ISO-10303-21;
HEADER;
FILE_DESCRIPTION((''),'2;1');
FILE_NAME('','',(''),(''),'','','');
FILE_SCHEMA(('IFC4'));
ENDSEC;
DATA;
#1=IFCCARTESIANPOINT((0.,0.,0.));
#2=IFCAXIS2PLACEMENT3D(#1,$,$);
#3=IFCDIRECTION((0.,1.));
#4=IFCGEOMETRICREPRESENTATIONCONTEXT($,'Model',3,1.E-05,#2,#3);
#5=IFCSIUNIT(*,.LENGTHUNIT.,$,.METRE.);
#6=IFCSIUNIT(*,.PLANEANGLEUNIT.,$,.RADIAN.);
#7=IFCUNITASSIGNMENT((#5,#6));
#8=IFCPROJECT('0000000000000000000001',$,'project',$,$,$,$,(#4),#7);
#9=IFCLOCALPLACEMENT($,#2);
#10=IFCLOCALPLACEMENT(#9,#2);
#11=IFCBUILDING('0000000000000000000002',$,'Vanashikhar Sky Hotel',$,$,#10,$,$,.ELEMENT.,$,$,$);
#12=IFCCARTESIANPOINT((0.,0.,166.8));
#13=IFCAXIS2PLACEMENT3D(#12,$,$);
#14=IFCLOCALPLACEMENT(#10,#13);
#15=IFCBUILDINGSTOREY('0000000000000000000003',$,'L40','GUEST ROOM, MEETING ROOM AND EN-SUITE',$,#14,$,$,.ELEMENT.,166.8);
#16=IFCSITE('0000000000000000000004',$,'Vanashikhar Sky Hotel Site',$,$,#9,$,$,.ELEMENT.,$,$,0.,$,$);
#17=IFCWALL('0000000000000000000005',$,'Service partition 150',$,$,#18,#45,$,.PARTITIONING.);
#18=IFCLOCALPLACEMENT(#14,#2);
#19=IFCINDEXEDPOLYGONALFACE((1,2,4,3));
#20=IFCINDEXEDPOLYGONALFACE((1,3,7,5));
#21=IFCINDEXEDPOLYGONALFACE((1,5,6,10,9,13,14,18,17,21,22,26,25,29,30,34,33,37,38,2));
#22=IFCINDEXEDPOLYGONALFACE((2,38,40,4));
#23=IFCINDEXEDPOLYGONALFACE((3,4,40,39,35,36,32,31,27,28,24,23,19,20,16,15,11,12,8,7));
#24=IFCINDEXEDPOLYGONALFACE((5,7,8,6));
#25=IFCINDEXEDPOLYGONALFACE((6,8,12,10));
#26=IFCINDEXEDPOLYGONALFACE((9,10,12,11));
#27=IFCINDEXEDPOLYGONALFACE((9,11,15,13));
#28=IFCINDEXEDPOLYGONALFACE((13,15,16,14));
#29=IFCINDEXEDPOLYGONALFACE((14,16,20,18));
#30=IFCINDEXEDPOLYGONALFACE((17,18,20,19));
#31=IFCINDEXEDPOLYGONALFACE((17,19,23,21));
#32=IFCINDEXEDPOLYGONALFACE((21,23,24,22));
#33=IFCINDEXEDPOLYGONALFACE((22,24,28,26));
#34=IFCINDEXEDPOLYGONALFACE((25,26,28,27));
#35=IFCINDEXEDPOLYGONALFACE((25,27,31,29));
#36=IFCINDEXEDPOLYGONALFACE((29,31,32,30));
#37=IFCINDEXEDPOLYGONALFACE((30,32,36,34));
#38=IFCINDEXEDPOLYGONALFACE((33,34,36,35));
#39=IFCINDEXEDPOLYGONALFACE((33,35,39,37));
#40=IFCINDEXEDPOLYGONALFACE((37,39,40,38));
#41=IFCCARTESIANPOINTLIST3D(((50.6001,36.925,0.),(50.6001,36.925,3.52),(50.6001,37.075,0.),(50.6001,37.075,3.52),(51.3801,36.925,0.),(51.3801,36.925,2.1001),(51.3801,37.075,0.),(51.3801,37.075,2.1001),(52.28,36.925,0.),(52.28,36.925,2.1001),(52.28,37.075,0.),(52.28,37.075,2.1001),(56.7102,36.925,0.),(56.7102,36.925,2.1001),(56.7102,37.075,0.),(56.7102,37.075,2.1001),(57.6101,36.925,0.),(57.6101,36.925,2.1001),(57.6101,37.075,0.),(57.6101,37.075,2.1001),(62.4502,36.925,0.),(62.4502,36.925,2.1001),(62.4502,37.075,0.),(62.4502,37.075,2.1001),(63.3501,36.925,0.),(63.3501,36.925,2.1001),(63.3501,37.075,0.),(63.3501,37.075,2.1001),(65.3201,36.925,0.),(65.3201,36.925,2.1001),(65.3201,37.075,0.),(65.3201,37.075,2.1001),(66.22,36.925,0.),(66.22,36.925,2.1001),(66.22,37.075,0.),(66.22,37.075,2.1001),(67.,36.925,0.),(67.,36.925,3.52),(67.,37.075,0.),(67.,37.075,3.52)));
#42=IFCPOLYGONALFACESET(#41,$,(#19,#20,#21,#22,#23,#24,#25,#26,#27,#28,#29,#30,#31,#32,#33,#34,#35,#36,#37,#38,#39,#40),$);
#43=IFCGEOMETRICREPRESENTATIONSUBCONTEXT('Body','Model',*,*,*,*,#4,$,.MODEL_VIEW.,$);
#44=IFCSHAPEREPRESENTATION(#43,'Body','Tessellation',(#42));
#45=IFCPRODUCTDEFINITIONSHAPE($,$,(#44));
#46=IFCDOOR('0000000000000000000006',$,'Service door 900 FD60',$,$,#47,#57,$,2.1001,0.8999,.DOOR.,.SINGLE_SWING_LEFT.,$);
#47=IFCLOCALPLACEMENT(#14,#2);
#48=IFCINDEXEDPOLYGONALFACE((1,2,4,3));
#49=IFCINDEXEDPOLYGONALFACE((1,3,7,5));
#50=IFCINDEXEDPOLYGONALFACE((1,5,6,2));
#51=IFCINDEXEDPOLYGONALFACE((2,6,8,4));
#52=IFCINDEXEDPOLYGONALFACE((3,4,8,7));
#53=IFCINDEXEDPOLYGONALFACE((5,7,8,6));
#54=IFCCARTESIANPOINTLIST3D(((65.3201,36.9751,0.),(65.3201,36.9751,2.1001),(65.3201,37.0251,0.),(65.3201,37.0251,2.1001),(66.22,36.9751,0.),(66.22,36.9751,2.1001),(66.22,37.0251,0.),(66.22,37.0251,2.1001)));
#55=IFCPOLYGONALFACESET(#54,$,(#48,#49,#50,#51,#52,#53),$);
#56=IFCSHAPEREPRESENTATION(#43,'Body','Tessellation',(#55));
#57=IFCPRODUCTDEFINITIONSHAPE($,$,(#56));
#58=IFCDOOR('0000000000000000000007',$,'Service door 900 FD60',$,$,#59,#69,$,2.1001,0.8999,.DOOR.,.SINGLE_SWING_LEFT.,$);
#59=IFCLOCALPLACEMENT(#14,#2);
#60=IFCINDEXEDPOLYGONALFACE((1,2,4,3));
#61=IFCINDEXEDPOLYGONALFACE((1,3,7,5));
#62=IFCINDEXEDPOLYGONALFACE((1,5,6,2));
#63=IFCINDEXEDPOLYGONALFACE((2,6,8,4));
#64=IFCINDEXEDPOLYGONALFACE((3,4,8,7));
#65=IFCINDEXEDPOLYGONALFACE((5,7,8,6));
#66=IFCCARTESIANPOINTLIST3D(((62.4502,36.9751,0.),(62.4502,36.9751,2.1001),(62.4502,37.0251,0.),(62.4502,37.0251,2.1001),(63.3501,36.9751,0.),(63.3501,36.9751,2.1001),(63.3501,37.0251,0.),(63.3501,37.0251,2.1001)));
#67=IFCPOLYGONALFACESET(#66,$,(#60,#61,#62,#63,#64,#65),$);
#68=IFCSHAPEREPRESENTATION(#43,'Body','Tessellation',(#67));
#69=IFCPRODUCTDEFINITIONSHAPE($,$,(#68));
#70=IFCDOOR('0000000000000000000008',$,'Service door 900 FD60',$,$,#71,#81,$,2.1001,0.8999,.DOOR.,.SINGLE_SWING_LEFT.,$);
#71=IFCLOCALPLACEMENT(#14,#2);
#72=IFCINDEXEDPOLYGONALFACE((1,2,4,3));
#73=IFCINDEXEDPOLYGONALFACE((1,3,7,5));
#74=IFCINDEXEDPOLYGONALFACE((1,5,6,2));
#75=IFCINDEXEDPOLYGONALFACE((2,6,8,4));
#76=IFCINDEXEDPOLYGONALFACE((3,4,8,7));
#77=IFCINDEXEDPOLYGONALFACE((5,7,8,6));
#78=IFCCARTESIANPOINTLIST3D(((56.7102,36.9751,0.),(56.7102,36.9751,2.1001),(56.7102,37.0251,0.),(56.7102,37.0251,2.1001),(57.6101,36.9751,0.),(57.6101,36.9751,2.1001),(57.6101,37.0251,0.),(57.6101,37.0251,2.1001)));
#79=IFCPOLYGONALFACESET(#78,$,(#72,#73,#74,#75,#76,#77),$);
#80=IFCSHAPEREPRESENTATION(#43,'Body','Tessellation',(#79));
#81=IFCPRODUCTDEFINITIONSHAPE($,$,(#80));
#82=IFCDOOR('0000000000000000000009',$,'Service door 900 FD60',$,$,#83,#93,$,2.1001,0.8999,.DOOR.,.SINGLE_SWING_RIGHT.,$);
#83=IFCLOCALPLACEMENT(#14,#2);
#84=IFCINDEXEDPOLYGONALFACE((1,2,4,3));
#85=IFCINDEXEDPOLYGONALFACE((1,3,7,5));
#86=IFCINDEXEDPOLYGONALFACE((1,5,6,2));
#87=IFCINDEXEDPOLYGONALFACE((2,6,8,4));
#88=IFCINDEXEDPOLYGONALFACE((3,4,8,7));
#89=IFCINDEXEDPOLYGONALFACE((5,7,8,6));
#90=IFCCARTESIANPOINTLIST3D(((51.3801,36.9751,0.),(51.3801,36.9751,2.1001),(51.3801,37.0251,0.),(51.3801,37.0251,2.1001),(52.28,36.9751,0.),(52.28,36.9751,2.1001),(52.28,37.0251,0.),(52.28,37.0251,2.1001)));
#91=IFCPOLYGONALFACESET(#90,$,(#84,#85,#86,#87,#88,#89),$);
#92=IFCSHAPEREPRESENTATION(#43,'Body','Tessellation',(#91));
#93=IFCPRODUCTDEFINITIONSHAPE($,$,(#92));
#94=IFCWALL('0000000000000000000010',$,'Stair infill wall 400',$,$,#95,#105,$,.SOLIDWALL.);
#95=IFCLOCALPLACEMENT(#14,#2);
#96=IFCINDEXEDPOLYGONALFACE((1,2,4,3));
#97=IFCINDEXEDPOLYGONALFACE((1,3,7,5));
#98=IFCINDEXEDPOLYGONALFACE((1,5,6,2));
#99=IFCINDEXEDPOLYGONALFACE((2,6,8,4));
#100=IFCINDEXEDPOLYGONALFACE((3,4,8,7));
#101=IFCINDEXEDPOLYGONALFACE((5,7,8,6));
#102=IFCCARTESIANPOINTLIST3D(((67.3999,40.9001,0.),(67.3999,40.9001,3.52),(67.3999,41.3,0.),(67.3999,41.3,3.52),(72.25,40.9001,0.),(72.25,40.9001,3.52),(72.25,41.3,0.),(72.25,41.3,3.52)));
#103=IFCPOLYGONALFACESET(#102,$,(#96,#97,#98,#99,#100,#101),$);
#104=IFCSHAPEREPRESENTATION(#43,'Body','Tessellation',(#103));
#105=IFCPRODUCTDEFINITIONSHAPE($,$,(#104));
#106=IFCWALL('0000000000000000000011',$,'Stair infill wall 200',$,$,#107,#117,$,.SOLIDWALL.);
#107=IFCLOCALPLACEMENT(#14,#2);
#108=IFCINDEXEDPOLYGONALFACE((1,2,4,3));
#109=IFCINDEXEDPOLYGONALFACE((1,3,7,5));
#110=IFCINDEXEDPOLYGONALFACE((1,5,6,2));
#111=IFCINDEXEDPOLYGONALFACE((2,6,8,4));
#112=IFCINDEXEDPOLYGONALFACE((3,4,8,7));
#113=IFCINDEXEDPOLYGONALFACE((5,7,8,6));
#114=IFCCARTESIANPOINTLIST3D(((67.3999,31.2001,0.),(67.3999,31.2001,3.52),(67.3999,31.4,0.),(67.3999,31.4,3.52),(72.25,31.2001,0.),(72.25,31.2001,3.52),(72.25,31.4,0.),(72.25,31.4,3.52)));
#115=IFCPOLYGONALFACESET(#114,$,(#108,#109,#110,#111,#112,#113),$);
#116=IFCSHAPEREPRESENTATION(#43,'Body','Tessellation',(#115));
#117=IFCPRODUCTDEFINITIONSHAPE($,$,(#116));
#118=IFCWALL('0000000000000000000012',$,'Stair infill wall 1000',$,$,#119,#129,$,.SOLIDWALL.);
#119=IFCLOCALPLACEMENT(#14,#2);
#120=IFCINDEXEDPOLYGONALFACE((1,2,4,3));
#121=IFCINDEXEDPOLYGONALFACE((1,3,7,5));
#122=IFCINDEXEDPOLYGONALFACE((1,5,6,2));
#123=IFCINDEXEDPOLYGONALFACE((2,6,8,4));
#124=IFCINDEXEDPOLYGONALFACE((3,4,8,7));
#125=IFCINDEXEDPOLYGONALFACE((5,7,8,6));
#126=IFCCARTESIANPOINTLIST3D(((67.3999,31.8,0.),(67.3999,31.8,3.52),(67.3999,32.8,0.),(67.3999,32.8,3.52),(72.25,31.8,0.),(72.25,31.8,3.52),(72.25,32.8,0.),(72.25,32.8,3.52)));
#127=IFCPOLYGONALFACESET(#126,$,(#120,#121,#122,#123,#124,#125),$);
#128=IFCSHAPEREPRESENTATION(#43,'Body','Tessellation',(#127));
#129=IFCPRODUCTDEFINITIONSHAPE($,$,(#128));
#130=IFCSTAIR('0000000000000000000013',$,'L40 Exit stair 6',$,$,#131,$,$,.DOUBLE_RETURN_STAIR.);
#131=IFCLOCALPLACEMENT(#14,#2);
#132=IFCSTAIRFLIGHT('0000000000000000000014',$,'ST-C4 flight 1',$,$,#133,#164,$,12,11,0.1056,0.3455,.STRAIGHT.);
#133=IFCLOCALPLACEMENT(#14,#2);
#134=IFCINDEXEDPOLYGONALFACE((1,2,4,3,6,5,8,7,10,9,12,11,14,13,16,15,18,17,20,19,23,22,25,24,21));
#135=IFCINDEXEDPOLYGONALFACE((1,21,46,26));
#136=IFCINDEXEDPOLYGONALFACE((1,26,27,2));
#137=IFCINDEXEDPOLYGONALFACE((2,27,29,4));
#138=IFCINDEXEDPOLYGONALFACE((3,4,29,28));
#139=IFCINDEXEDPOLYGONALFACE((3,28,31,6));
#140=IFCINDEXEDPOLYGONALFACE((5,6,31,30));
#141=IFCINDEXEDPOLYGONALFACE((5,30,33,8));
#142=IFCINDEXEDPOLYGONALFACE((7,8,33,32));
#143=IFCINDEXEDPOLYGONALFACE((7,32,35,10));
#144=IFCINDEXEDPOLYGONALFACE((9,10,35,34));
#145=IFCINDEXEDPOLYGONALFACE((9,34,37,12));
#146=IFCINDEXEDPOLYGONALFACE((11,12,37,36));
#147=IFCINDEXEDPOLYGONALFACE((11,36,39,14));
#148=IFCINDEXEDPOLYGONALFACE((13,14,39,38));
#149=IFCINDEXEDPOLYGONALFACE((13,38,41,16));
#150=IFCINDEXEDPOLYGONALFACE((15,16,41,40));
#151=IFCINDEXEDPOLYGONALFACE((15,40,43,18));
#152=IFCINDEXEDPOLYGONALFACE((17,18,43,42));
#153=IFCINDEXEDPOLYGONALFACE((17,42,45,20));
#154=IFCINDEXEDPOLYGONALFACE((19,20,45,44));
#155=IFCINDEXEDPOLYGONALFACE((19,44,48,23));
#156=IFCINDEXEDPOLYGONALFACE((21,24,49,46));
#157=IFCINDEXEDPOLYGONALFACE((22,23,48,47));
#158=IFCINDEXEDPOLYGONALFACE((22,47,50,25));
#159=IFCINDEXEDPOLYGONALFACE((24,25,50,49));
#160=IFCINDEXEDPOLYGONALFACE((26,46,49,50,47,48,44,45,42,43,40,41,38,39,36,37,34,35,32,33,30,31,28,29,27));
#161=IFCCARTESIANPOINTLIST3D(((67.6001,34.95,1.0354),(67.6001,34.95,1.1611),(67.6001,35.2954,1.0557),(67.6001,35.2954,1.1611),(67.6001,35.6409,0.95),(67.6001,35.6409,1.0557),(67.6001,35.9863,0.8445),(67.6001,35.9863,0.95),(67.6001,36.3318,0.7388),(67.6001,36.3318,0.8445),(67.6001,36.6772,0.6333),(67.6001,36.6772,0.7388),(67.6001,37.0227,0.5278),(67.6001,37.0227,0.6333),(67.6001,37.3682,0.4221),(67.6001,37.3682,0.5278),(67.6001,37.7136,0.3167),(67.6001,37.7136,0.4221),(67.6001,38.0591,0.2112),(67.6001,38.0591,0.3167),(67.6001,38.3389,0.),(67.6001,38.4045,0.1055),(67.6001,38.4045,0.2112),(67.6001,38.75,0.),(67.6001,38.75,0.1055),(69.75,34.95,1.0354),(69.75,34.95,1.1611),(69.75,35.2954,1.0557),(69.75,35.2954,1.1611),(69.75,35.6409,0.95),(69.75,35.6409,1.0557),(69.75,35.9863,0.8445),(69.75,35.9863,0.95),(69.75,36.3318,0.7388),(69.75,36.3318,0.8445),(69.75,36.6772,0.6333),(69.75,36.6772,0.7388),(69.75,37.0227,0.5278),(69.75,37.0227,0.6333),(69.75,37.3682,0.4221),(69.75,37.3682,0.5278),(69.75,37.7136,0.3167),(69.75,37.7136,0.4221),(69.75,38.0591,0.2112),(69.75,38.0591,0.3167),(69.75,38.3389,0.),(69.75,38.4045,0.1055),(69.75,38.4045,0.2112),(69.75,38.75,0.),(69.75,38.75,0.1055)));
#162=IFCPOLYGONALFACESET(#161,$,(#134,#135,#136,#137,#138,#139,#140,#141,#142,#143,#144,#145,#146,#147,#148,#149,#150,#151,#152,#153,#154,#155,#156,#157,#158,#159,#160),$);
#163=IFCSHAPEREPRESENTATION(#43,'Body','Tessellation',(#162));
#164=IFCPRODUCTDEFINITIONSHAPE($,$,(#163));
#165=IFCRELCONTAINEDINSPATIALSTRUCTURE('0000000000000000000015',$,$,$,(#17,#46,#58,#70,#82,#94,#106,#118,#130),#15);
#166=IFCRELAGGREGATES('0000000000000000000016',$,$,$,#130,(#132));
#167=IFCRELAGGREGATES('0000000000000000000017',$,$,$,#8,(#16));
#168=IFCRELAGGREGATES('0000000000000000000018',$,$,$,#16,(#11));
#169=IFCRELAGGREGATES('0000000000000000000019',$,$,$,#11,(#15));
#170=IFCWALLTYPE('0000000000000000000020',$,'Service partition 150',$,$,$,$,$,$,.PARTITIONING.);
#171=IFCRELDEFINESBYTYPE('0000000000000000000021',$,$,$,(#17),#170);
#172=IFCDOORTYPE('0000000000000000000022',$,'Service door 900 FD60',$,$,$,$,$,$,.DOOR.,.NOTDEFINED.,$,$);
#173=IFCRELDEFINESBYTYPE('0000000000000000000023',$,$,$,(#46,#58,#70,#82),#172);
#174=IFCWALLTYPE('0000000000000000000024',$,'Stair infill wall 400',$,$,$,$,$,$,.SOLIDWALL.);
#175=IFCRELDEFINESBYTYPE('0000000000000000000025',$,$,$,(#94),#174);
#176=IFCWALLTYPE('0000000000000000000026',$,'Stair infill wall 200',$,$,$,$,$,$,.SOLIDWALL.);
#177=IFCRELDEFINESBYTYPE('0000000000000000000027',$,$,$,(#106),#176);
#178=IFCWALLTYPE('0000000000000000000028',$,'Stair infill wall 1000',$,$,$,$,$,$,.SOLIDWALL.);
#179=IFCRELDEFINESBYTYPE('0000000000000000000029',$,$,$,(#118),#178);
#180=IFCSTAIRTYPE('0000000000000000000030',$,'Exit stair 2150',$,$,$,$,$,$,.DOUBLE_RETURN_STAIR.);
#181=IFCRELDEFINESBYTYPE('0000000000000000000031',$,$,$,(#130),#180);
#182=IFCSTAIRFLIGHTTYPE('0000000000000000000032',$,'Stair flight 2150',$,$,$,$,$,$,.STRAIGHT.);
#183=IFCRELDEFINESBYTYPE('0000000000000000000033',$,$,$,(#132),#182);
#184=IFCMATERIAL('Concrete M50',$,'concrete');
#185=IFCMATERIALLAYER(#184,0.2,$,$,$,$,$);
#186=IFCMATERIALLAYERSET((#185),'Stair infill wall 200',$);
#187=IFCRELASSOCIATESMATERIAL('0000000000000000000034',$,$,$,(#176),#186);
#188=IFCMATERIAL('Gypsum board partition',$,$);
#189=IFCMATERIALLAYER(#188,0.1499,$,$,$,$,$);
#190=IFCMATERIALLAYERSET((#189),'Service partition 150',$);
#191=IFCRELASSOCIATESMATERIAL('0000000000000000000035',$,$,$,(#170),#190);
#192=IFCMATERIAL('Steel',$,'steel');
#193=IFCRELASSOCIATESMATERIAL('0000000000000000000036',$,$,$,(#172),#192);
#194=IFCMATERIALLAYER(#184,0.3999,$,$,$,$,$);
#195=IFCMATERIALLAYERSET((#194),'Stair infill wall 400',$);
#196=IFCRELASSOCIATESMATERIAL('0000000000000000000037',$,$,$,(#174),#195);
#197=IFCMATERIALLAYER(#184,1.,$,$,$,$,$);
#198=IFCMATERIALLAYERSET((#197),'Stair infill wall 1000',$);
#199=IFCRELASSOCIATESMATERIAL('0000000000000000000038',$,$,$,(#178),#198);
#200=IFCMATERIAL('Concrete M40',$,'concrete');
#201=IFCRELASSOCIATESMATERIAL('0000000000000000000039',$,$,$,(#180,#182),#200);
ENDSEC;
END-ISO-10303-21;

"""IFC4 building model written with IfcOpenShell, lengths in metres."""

from ifc_helpers import new_model, si_unit, direction, frame, frame_2d, origin, place, context, subcontext, project, spatial, polyline, rectangle, outline, extrude, source, transform, mapped, material, layer, layer_set, type_object, element, fill, aggregate, save


model = new_model("IFC4")

# Units and contexts
model_context = context("Model", 3, precision=1e-05, world=origin(), true_north=direction((0.0, 1.0)))
body_context = subcontext(model_context, "Body", "Model", "MODEL_VIEW")
ifc_project = project(units=[si_unit("LENGTHUNIT", "METRE"), si_unit("PLANEANGLEUNIT", "RADIAN")], contexts=[model_context])

# Site, building, storey
site_placement = place(None, origin())
site = spatial("IfcSite", under=ifc_project, at=site_placement, Name="Vanashikhar Sky Hotel Site", CompositionType="ELEMENT", RefElevation=0.0)
building_placement = place(site_placement, origin())
building = spatial("IfcBuilding", under=site, at=building_placement, Name="Vanashikhar Sky Hotel", CompositionType="ELEMENT")
storey_placement = place(building_placement, frame((0.0, 0.0, 166.8)))
storey = spatial("IfcBuildingStorey", under=building, at=storey_placement, Name="L40", Description="GUEST ROOM, MEETING ROOM AND EN-SUITE", CompositionType="ELEMENT", Elevation=166.8)

# Shared definitions
ifc_material_1 = material(Name="Concrete M50", Category="concrete")
ifc_layer_1 = layer(ifc_material_1, 0.2)
ifc_layer_set_1 = layer_set([ifc_layer_1], Name="Stair infill wall 200")
wall_type_1 = type_object("IfcWallType", Name="Stair infill wall 200", PredefinedType="SOLIDWALL", material=ifc_layer_set_1)

# Wall, openings, doors
ifc_material_2 = material(Name="Gypsum board partition")
ifc_layer_2 = layer(ifc_material_2, 0.1499)
ifc_layer_set_2 = layer_set([ifc_layer_2], Name="Service partition 150")
wall_type_2 = type_object("IfcWallType", Name="Service partition 150", PredefinedType="PARTITIONING", material=ifc_layer_set_2)
shared_shape_1 = source(origin(), body_context, "Body", "SweptSolid", [
    extrude(rectangle(XDim=0.8999, YDim=2.1001, at=frame_2d((0.45, 1.05))), frame((0.0, 0.085, 0.0), z_axis=(0.0, -1.0, 0.0), x_axis=(1.0, 0.0, 0.0)), (0.0, 0.0, 1.0), 0.1699),
])
ifc_material_3 = material(Name="Steel", Category="steel")
door_type_1 = type_object("IfcDoorType", Name="Service door 900 FD60", OperationType="NOTDEFINED", PredefinedType="DOOR", material=ifc_material_3)
shared_shape_2 = source(origin(), body_context, "Body", "SweptSolid", [
    extrude(rectangle(XDim=0.8999, YDim=2.1001, at=frame_2d((0.45, 1.05))), frame((0.0, 0.0249, 0.0), z_axis=(0.0, -1.0, 0.0), x_axis=(1.0, 0.0, 0.0)), (0.0, 0.0, 1.0), 0.05),
])
shared_shape_3 = source(origin(), body_context, "Body", "SweptSolid", [
    extrude(rectangle(XDim=16.3999, YDim=0.1499, at=frame_2d((8.2, 0.0))), origin(), (0.0, 0.0, 1.0), 3.52),
])
wall_1_placement = place(storey_placement, frame((67.0, 37.0, 0.0), z_axis=(0.0, 0.0, 1.0), x_axis=(-1.0, 0.0, 0.0)))
wall_1 = element("IfcWall", 1, at=wall_1_placement, inside=storey, type_object=wall_type_2, Name="Service partition 150", PredefinedType="PARTITIONING", context=body_context, shape_type="MappedRepresentation", body=[
    mapped(shared_shape_3, transform((0.0, 0.0, 0.0), scale=1.0)),
])
opening_1_placement = place(wall_1_placement, frame((0.78, 0.0, 0.0)))
opening_1 = element("IfcOpeningElement", 2, at=opening_1_placement, cuts=wall_1, PredefinedType="OPENING", context=body_context, shape_type="MappedRepresentation", body=[
    mapped(shared_shape_1, transform((0.0, 0.0, 0.0), scale=1.0)),
])
opening_2_placement = place(wall_1_placement, frame((3.6499, 0.0, 0.0)))
opening_2 = element("IfcOpeningElement", 3, at=opening_2_placement, cuts=wall_1, PredefinedType="OPENING", context=body_context, shape_type="MappedRepresentation", body=[
    mapped(shared_shape_1, transform((0.0, 0.0, 0.0), scale=1.0)),
])
opening_3_placement = place(wall_1_placement, frame((9.3899, 0.0, 0.0)))
opening_3 = element("IfcOpeningElement", 4, at=opening_3_placement, cuts=wall_1, PredefinedType="OPENING", context=body_context, shape_type="MappedRepresentation", body=[
    mapped(shared_shape_1, transform((0.0, 0.0, 0.0), scale=1.0)),
])
opening_4_placement = place(wall_1_placement, frame((14.72, 0.0, 0.0)))
opening_4 = element("IfcOpeningElement", 5, at=opening_4_placement, cuts=wall_1, PredefinedType="OPENING", context=body_context, shape_type="MappedRepresentation", body=[
    mapped(shared_shape_1, transform((0.0, 0.0, 0.0), scale=1.0)),
])
door_1_placement = place(opening_1_placement, origin())
door_1 = element("IfcDoor", 6, at=door_1_placement, inside=storey, type_object=door_type_1, Name="Service door 900 FD60", OperationType="SINGLE_SWING_LEFT", OverallHeight=2.1001, OverallWidth=0.8999, PredefinedType="DOOR", context=body_context, shape_type="MappedRepresentation", body=[
    mapped(shared_shape_2, transform((0.0, 0.0, 0.0), scale=1.0)),
])
fill(opening_1, door_1)
door_2_placement = place(opening_2_placement, origin())
door_2 = element("IfcDoor", 7, at=door_2_placement, inside=storey, type_object=door_type_1, Name="Service door 900 FD60", OperationType="SINGLE_SWING_LEFT", OverallHeight=2.1001, OverallWidth=0.8999, PredefinedType="DOOR", context=body_context, shape_type="MappedRepresentation", body=[
    mapped(shared_shape_2, transform((0.0, 0.0, 0.0), scale=1.0)),
])
fill(opening_2, door_2)
door_3_placement = place(opening_3_placement, origin())
door_3 = element("IfcDoor", 8, at=door_3_placement, inside=storey, type_object=door_type_1, Name="Service door 900 FD60", OperationType="SINGLE_SWING_LEFT", OverallHeight=2.1001, OverallWidth=0.8999, PredefinedType="DOOR", context=body_context, shape_type="MappedRepresentation", body=[
    mapped(shared_shape_2, transform((0.0, 0.0, 0.0), scale=1.0)),
])
fill(opening_3, door_3)
door_4_placement = place(opening_4_placement, origin())
door_4 = element("IfcDoor", 9, at=door_4_placement, inside=storey, type_object=door_type_1, Name="Service door 900 FD60", OperationType="SINGLE_SWING_RIGHT", OverallHeight=2.1001, OverallWidth=0.8999, PredefinedType="DOOR", context=body_context, shape_type="MappedRepresentation", body=[
    mapped(shared_shape_2, transform((0.0, 0.0, 0.0), scale=1.0)),
])
fill(opening_4, door_4)

# Walls
ifc_layer_3 = layer(ifc_material_1, 0.3999)
ifc_layer_set_3 = layer_set([ifc_layer_3], Name="Stair infill wall 400")
wall_type_3 = type_object("IfcWallType", Name="Stair infill wall 400", PredefinedType="SOLIDWALL", material=ifc_layer_set_3)
shared_shape_4 = source(origin(), body_context, "Body", "SweptSolid", [
    extrude(rectangle(XDim=4.8501, YDim=0.3999, at=frame_2d((2.425, 0.0))), origin(), (0.0, 0.0, 1.0), 3.52),
])
wall_2_placement = place(storey_placement, frame((67.3999, 41.1001, 0.0), z_axis=(0.0, 0.0, 1.0), x_axis=(1.0, 0.0, 0.0)))
element("IfcWall", 10, at=wall_2_placement, inside=storey, type_object=wall_type_3, Name="Stair infill wall 400", PredefinedType="SOLIDWALL", context=body_context, shape_type="MappedRepresentation", body=[
    mapped(shared_shape_4, transform((0.0, 0.0, 0.0), scale=1.0)),
])
shared_shape_5 = source(origin(), body_context, "Body", "SweptSolid", [
    extrude(rectangle(XDim=4.8501, YDim=0.2, at=frame_2d((2.425, 0.0))), origin(), (0.0, 0.0, 1.0), 3.52),
])
wall_3_placement = place(storey_placement, frame((67.3999, 31.3, 0.0), z_axis=(0.0, 0.0, 1.0), x_axis=(1.0, 0.0, 0.0)))
element("IfcWall", 11, at=wall_3_placement, inside=storey, type_object=wall_type_1, Name="Stair infill wall 200", PredefinedType="SOLIDWALL", context=body_context, shape_type="MappedRepresentation", body=[
    mapped(shared_shape_5, transform((0.0, 0.0, 0.0), scale=1.0)),
])
ifc_layer_4 = layer(ifc_material_1, 1.0)
ifc_layer_set_4 = layer_set([ifc_layer_4], Name="Stair infill wall 1000")
wall_type_4 = type_object("IfcWallType", Name="Stair infill wall 1000", PredefinedType="SOLIDWALL", material=ifc_layer_set_4)
shared_shape_6 = source(origin(), body_context, "Body", "SweptSolid", [
    extrude(rectangle(XDim=4.8501, YDim=1.0, at=frame_2d((2.425, 0.0))), origin(), (0.0, 0.0, 1.0), 3.52),
])
wall_4_placement = place(storey_placement, frame((67.3999, 32.3, 0.0), z_axis=(0.0, 0.0, 1.0), x_axis=(1.0, 0.0, 0.0)))
element("IfcWall", 12, at=wall_4_placement, inside=storey, type_object=wall_type_4, Name="Stair infill wall 1000", PredefinedType="SOLIDWALL", context=body_context, shape_type="MappedRepresentation", body=[
    mapped(shared_shape_6, transform((0.0, 0.0, 0.0), scale=1.0)),
])

# Stair, stair flight
ifc_material_4 = material(Name="Concrete M40", Category="concrete")
stair_type = type_object("IfcStairType", Name="Exit stair 2150", PredefinedType="DOUBLE_RETURN_STAIR", material=ifc_material_4)
stair_placement = place(storey_placement, origin())
stair = element("IfcStair", 13, at=stair_placement, inside=storey, type_object=stair_type, Name="L40 Exit stair 6", PredefinedType="DOUBLE_RETURN_STAIR")
stair_flight_type = type_object("IfcStairFlightType", Name="Stair flight 2150", PredefinedType="STRAIGHT", material=ifc_material_4)
shared_shape_7 = source(origin(), body_context, "Body", "SweptSolid", [
    extrude(outline(polyline([(0.0, 0.0), (0.0, 0.1055), (0.3455, 0.1055), (0.3455, 0.2112), (0.6909, 0.2112), (0.6909, 0.3167), (1.0364, 0.3167), (1.0364, 0.4221), (1.3818, 0.4221), (1.3818, 0.5278), (1.7273, 0.5278), (1.7273, 0.6333), (2.0728, 0.6333), (2.0728, 0.7388), (2.4182, 0.7388), (2.4182, 0.8445), (2.7637, 0.8445), (2.7637, 0.95), (3.1091, 0.95), (3.1091, 1.0557), (3.4546, 1.0557), (3.4546, 1.1611), (3.8, 1.1611), (3.8, 1.2666), (3.8, 1.0354), (0.4111, 0.0), (0.0, 0.0)])), frame((0.0, 1.075, 0.0), z_axis=(0.0, -1.0, 0.0), x_axis=(1.0, 0.0, 0.0)), (0.0, 0.0, 1.0), 2.1499),
])
stair_flight_1_placement = place(storey_placement, frame((68.675, 38.75, 0.0), z_axis=(0.0, 0.0, 1.0), x_axis=(0.0, -1.0, 0.0)))
stair_flight_1 = element("IfcStairFlight", 14, at=stair_flight_1_placement, type_object=stair_flight_type, Name="ST-C4 flight 1", NumberOfRisers=12, NumberOfTreads=11, PredefinedType="STRAIGHT", RiserHeight=0.1056, TreadLength=0.3455, context=body_context, shape_type="MappedRepresentation", body=[
    mapped(shared_shape_7, transform((0.0, 0.0, 0.0), scale=1.0)),
])
aggregate(stair, [stair_flight_1])

save(model, "model.ifc")
